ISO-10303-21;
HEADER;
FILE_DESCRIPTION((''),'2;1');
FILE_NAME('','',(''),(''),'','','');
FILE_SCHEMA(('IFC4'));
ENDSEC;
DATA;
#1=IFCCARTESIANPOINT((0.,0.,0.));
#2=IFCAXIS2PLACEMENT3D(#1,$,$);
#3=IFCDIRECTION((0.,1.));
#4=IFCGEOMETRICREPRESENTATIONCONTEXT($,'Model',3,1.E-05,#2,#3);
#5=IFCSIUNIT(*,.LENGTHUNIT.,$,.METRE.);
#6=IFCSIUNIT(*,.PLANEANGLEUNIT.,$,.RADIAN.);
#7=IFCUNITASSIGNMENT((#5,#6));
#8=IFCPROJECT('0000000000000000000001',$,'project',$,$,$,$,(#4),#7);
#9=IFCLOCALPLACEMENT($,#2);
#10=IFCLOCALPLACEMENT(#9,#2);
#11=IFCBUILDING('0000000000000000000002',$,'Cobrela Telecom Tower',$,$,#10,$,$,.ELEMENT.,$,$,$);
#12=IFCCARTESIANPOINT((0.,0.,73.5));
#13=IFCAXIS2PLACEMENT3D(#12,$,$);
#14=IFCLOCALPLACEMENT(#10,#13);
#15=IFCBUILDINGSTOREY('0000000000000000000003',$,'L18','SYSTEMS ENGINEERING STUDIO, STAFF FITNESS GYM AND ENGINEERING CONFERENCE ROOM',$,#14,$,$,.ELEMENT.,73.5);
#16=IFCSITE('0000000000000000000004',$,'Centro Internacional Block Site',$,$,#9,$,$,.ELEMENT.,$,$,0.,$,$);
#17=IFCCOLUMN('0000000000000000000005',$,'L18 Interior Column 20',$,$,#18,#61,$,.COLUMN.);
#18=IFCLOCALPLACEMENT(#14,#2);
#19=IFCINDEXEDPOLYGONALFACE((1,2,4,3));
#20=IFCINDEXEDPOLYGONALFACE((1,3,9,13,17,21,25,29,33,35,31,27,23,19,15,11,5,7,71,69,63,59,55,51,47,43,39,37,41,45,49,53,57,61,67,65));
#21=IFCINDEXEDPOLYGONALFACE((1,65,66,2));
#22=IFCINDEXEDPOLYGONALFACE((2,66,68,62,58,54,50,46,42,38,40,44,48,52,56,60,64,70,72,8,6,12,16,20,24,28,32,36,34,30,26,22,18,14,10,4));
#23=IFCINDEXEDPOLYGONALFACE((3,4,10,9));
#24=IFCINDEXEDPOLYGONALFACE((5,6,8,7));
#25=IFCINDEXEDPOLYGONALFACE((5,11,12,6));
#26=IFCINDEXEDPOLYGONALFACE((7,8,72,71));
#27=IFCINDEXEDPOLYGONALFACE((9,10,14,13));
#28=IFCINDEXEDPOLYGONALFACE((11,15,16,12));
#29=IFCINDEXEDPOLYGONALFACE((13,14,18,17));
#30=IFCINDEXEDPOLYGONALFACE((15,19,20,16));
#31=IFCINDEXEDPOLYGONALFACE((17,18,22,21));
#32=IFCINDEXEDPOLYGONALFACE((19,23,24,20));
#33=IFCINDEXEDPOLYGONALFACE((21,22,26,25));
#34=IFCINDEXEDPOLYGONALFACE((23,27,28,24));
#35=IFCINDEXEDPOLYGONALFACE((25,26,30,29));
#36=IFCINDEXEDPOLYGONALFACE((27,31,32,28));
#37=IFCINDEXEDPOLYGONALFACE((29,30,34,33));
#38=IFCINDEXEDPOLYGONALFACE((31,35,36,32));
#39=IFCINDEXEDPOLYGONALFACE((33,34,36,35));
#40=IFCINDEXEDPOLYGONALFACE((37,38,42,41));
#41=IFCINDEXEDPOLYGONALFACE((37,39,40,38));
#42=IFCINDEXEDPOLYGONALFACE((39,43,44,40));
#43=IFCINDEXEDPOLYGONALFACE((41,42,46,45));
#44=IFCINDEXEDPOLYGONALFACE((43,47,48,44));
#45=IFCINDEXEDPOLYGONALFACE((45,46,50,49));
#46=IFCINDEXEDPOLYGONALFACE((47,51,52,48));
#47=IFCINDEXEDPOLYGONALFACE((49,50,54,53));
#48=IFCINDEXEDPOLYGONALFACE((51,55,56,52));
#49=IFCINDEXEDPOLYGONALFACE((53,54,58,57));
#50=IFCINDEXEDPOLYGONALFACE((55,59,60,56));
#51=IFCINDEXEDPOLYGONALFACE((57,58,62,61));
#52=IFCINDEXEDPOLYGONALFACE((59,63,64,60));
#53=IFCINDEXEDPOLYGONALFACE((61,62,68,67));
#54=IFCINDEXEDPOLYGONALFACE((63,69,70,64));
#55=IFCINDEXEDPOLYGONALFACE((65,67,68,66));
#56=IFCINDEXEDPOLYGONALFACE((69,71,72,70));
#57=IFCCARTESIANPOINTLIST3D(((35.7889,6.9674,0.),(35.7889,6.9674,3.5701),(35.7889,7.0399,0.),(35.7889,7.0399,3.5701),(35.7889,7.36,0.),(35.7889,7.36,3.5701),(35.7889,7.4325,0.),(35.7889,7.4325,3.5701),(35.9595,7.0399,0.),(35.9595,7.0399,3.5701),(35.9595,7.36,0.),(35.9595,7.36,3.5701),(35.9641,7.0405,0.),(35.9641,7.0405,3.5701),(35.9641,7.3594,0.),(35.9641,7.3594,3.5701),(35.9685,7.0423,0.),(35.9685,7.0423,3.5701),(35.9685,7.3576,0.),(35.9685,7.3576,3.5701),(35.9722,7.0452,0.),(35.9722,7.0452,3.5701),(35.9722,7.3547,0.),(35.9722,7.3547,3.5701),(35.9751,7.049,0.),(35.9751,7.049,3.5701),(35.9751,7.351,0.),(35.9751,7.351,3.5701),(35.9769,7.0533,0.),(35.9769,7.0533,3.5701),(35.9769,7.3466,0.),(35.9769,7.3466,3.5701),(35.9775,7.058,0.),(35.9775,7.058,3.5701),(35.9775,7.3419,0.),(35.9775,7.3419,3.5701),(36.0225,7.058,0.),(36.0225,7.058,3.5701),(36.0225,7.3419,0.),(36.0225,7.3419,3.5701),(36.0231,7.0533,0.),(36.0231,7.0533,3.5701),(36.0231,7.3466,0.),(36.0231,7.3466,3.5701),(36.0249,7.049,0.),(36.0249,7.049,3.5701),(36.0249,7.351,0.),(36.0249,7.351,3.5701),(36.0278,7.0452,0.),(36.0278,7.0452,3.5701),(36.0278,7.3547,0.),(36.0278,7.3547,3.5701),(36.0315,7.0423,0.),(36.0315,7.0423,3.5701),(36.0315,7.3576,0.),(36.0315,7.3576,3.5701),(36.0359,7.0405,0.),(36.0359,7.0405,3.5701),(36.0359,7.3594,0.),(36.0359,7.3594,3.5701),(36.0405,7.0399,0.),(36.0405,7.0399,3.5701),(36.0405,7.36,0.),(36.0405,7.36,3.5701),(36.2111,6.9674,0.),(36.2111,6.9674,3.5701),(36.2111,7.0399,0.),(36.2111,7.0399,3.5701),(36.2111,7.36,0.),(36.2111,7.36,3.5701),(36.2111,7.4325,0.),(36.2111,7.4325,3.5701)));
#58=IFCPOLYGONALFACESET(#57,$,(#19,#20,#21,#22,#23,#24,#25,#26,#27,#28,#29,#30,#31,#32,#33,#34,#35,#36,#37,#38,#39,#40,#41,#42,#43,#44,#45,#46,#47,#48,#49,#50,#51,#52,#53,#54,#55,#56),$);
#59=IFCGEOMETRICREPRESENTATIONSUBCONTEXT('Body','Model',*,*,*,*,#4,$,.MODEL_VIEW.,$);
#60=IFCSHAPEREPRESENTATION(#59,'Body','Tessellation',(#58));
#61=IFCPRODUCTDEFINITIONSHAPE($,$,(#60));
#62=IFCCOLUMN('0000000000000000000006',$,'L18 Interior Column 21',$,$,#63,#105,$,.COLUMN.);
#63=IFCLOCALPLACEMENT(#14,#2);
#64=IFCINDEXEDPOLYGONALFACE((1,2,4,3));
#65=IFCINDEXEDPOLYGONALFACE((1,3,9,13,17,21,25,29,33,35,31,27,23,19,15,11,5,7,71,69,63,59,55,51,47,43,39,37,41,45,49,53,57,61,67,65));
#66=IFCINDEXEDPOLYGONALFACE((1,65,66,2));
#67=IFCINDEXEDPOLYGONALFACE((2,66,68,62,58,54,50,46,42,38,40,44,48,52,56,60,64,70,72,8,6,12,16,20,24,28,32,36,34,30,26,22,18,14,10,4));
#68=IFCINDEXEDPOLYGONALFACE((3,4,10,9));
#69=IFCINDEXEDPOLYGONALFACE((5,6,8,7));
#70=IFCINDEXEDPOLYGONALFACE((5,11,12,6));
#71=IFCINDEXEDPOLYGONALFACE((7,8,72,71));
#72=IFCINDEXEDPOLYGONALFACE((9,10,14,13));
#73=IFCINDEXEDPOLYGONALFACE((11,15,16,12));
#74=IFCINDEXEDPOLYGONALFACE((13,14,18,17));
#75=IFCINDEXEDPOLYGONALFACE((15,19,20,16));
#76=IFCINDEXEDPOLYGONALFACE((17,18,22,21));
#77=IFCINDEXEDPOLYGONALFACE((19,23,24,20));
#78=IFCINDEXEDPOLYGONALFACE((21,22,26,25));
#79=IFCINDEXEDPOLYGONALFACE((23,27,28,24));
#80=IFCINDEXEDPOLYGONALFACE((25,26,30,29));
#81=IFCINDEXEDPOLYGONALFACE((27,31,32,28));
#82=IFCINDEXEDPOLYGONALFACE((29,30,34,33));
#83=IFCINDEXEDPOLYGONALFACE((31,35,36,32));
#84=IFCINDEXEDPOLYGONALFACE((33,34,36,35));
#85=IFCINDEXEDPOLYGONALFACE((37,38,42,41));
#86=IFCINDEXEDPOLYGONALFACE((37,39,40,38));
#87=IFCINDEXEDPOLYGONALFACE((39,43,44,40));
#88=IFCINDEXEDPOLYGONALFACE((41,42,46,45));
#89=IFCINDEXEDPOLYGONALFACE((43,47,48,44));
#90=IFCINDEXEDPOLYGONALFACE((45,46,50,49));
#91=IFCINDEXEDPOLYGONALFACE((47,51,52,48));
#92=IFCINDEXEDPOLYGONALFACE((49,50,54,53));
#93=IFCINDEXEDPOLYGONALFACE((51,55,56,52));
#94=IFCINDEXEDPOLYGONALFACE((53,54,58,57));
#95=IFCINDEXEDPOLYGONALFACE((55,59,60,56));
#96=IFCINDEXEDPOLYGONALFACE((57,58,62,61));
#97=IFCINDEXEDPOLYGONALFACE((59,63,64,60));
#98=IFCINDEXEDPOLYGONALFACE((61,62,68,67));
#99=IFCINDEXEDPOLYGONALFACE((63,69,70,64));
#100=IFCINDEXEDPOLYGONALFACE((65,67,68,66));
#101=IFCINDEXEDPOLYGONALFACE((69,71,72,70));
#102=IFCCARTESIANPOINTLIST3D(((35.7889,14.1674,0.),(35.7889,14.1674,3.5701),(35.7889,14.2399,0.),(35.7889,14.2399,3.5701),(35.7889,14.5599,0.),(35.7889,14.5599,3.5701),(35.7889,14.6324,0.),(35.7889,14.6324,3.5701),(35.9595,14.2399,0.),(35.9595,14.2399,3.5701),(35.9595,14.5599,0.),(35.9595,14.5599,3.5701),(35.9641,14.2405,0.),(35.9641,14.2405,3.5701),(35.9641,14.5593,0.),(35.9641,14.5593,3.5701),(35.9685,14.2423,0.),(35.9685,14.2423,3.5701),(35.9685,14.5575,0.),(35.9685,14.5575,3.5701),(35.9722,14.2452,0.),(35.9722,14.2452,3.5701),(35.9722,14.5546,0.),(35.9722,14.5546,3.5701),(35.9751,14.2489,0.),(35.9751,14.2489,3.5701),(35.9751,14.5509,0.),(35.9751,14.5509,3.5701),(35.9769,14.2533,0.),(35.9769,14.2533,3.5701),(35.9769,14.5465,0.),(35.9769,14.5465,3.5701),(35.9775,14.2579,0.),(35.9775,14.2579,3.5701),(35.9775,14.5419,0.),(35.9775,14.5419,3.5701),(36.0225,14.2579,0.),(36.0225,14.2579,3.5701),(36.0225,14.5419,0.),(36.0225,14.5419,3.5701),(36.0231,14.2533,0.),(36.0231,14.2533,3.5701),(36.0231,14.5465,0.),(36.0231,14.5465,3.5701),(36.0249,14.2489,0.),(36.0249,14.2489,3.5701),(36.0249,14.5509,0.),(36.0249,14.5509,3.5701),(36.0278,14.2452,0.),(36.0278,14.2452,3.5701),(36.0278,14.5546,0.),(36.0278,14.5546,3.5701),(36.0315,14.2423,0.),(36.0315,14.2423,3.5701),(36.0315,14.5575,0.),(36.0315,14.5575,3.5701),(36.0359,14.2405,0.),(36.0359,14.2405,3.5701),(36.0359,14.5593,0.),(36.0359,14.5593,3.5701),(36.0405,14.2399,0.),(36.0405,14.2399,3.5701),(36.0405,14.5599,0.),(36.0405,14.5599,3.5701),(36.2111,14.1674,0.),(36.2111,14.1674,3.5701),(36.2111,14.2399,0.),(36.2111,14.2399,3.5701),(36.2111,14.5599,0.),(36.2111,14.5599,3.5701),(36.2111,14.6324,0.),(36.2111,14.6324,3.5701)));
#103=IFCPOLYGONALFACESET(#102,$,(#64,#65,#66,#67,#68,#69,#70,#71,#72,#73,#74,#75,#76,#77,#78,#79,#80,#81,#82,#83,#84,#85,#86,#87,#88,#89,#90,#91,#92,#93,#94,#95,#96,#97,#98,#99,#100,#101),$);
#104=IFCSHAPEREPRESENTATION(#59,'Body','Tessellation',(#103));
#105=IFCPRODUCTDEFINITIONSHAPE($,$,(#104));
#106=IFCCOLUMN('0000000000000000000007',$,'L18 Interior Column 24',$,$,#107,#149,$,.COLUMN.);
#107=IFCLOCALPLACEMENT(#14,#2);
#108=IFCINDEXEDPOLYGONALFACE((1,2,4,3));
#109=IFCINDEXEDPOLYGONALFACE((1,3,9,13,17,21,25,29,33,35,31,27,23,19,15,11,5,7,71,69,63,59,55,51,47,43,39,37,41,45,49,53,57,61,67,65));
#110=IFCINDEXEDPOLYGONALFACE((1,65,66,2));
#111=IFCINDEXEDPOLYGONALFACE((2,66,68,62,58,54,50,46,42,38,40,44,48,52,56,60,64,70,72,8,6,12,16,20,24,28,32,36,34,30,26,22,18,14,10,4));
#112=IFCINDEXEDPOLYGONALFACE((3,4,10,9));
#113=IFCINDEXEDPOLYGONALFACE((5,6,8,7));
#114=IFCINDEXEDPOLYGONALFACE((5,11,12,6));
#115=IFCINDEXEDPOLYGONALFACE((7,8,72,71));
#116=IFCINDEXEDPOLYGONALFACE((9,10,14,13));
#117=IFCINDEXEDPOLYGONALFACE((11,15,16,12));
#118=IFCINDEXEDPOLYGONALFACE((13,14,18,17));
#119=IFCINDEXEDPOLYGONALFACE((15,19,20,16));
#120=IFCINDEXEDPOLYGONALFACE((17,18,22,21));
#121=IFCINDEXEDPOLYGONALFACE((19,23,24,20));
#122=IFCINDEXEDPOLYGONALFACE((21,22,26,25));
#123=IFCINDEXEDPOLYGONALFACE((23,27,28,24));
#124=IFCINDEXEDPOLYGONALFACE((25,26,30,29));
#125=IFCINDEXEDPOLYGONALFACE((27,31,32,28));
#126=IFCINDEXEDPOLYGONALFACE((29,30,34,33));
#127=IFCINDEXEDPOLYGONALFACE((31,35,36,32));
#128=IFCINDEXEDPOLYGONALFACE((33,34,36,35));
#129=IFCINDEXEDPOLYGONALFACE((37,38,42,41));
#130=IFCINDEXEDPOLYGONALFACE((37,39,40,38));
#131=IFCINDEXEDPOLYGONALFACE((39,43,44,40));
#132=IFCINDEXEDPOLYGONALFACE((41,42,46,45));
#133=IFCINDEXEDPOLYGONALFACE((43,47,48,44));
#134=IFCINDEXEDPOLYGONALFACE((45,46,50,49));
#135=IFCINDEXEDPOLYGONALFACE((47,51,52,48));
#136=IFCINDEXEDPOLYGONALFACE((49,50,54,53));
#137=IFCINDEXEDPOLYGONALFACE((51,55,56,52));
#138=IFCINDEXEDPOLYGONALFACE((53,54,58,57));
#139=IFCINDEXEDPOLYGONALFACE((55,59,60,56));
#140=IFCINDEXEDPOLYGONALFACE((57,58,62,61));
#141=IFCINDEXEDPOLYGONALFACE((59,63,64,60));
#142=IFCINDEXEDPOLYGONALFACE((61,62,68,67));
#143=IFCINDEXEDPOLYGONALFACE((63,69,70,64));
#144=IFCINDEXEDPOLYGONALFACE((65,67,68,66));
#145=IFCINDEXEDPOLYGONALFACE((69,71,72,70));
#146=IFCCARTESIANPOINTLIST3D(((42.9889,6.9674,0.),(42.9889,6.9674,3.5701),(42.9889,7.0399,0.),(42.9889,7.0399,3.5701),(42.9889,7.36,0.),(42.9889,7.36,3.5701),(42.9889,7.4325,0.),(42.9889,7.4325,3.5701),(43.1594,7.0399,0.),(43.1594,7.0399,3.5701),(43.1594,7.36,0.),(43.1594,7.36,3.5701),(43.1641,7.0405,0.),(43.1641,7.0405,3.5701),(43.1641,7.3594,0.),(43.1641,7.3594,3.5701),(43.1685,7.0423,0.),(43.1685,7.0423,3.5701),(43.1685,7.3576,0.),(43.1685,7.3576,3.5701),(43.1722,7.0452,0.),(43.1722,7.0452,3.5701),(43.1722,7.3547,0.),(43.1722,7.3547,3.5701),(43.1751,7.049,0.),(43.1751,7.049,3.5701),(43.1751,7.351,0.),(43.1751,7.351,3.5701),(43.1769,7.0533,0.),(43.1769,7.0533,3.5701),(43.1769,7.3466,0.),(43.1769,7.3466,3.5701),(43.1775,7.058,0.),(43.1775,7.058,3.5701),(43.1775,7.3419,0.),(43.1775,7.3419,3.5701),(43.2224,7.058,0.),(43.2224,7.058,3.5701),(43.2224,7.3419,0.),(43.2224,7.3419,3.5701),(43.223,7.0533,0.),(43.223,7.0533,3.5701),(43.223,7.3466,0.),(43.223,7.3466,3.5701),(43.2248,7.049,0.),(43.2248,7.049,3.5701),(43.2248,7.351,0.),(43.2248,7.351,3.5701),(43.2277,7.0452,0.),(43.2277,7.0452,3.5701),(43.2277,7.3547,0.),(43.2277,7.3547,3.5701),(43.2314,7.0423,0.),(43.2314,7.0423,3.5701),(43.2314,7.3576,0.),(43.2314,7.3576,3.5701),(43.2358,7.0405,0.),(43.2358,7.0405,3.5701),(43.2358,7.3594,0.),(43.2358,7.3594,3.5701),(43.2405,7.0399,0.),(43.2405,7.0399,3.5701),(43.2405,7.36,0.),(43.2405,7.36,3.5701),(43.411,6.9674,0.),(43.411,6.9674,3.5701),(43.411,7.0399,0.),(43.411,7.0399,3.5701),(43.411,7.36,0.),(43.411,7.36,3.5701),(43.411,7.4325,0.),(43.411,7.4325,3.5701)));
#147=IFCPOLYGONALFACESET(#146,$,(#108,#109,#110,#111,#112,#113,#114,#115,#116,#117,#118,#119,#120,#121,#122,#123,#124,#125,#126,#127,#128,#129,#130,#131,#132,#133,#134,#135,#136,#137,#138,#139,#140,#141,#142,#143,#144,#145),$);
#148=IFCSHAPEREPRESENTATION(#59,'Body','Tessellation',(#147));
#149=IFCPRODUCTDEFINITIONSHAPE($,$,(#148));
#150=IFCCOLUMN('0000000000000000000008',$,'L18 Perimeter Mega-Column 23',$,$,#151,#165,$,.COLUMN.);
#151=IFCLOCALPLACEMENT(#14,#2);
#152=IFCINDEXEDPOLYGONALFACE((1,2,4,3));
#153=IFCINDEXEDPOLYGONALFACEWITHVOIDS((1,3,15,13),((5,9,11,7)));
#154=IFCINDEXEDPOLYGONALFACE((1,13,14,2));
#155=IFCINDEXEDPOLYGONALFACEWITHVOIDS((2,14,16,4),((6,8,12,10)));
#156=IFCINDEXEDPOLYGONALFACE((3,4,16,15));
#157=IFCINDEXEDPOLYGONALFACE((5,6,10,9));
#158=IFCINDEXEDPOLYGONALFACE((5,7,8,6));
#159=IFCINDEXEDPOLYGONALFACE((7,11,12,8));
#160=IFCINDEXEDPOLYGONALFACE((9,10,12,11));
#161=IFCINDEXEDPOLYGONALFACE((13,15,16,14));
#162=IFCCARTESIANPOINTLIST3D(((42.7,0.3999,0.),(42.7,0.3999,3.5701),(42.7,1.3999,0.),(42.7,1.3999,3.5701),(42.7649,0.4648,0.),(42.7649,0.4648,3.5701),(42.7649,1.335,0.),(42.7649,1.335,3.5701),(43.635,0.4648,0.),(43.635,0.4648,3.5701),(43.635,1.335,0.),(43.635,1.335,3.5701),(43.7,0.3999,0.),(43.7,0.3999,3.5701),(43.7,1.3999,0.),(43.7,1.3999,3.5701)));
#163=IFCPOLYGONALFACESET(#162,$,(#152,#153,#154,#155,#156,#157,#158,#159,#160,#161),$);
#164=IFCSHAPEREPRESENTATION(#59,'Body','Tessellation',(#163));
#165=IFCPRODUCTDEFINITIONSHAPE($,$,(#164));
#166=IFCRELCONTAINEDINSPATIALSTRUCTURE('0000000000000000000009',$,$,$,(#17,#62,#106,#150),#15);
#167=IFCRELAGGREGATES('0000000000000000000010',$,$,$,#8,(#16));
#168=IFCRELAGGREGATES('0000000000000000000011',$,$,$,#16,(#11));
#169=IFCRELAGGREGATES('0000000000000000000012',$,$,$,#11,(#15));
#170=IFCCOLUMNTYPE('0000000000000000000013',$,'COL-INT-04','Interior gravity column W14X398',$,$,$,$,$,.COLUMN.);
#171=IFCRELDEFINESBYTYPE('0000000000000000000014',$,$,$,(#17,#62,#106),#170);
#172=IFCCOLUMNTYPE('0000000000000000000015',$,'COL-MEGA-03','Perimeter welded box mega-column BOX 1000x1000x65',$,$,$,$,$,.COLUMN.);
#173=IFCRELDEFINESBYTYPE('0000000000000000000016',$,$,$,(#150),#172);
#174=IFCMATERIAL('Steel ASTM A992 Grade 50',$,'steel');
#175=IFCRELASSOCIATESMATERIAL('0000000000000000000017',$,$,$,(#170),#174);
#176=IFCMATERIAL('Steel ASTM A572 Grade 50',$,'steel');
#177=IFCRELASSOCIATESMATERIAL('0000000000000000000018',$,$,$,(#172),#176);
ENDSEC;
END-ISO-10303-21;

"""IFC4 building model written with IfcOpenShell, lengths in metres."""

from ifc_helpers import new_model, si_unit, direction, frame, origin, origin_2d, place, context, subcontext, project, spatial, hollow_rectangle, i_section, extrude, material, material_profile, profile_set, type_object, element, save


model = new_model("IFC4")

# Units and contexts
model_context = context("Model", 3, precision=1e-05, world=origin(), true_north=direction((0.0, 1.0)))
body_context = subcontext(model_context, "Body", "Model", "MODEL_VIEW")
ifc_project = project(units=[si_unit("LENGTHUNIT", "METRE"), si_unit("PLANEANGLEUNIT", "RADIAN")], contexts=[model_context])

# Site, building, storey
site_placement = place(None, origin())
site = spatial("IfcSite", under=ifc_project, at=site_placement, Name="Centro Internacional Block Site", CompositionType="ELEMENT", RefElevation=0.0)
building_placement = place(site_placement, origin())
building = spatial("IfcBuilding", under=site, at=building_placement, Name="Cobrela Telecom Tower", CompositionType="ELEMENT")
storey_placement = place(building_placement, frame((0.0, 0.0, 73.5)))
storey = spatial("IfcBuildingStorey", under=building, at=storey_placement, Name="L18", Description="SYSTEMS ENGINEERING STUDIO, STAFF FITNESS GYM AND ENGINEERING CONFERENCE ROOM", CompositionType="ELEMENT", Elevation=73.5)

# Columns
ifc_material_1 = material(Name="Steel ASTM A992 Grade 50", Category="steel")
ifc_material_profile_1 = material_profile(ifc_material_1, i_section(OverallWidth=0.4221, OverallDepth=0.4651, WebThickness=0.0449, FlangeThickness=0.0725, FilletRadius=0.0181, at=origin_2d()), Name="W14X398")
ifc_profile_set_1 = profile_set([ifc_material_profile_1], Name="Steel ASTM A992 Grade 50")
column_type_1 = type_object("IfcColumnType", Name="COL-INT-04", Description="Interior gravity column W14X398", PredefinedType="COLUMN", material=ifc_profile_set_1)
for number, where, z_axis, x_axis, name in (
    (1, (36.0, 7.2, 0.0), (0.0, 0.0, 1.0), (1.0, 0.0, 0.0), "L18 Interior Column 20"),
    (2, (36.0, 14.3999, 0.0), (0.0, 0.0, 1.0), (1.0, 0.0, 0.0), "L18 Interior Column 21"),
    (3, (43.2, 7.2, 0.0), (0.0, 0.0, 1.0), (1.0, 0.0, 0.0), "L18 Interior Column 24"),
):
    element("IfcColumn", number, at=place(storey_placement, frame(where, z_axis=z_axis, x_axis=x_axis)), inside=storey, type_object=column_type_1, Name=name, PredefinedType="COLUMN", context=body_context, shape_type="SweptSolid", body=[
        extrude(i_section(OverallWidth=0.4221, OverallDepth=0.4651, WebThickness=0.0449, FlangeThickness=0.0725, FilletRadius=0.0181, at=origin_2d()), origin(), (0.0, 0.0, 1.0), 3.5701),
    ])
ifc_material_2 = material(Name="Steel ASTM A572 Grade 50", Category="steel")
ifc_material_profile_2 = material_profile(ifc_material_2, hollow_rectangle(XDim=1.0, YDim=1.0, WallThickness=0.0649, at=origin_2d()), Name="BOX 1000x1000x65")
ifc_profile_set_2 = profile_set([ifc_material_profile_2], Name="Steel ASTM A572 Grade 50")
column_type_2 = type_object("IfcColumnType", Name="COL-MEGA-03", Description="Perimeter welded box mega-column BOX 1000x1000x65", PredefinedType="COLUMN", material=ifc_profile_set_2)
column_placement = place(storey_placement, frame((43.2, 0.8999, 0.0), z_axis=(0.0, 0.0, 1.0), x_axis=(1.0, 0.0, 0.0)))
element("IfcColumn", 4, at=column_placement, inside=storey, type_object=column_type_2, Name="L18 Perimeter Mega-Column 23", PredefinedType="COLUMN", context=body_context, shape_type="SweptSolid", body=[
    extrude(hollow_rectangle(XDim=1.0, YDim=1.0, WallThickness=0.0649, at=origin_2d()), origin(), (0.0, 0.0, 1.0), 3.5701),
])

save(model, "model.ifc")
